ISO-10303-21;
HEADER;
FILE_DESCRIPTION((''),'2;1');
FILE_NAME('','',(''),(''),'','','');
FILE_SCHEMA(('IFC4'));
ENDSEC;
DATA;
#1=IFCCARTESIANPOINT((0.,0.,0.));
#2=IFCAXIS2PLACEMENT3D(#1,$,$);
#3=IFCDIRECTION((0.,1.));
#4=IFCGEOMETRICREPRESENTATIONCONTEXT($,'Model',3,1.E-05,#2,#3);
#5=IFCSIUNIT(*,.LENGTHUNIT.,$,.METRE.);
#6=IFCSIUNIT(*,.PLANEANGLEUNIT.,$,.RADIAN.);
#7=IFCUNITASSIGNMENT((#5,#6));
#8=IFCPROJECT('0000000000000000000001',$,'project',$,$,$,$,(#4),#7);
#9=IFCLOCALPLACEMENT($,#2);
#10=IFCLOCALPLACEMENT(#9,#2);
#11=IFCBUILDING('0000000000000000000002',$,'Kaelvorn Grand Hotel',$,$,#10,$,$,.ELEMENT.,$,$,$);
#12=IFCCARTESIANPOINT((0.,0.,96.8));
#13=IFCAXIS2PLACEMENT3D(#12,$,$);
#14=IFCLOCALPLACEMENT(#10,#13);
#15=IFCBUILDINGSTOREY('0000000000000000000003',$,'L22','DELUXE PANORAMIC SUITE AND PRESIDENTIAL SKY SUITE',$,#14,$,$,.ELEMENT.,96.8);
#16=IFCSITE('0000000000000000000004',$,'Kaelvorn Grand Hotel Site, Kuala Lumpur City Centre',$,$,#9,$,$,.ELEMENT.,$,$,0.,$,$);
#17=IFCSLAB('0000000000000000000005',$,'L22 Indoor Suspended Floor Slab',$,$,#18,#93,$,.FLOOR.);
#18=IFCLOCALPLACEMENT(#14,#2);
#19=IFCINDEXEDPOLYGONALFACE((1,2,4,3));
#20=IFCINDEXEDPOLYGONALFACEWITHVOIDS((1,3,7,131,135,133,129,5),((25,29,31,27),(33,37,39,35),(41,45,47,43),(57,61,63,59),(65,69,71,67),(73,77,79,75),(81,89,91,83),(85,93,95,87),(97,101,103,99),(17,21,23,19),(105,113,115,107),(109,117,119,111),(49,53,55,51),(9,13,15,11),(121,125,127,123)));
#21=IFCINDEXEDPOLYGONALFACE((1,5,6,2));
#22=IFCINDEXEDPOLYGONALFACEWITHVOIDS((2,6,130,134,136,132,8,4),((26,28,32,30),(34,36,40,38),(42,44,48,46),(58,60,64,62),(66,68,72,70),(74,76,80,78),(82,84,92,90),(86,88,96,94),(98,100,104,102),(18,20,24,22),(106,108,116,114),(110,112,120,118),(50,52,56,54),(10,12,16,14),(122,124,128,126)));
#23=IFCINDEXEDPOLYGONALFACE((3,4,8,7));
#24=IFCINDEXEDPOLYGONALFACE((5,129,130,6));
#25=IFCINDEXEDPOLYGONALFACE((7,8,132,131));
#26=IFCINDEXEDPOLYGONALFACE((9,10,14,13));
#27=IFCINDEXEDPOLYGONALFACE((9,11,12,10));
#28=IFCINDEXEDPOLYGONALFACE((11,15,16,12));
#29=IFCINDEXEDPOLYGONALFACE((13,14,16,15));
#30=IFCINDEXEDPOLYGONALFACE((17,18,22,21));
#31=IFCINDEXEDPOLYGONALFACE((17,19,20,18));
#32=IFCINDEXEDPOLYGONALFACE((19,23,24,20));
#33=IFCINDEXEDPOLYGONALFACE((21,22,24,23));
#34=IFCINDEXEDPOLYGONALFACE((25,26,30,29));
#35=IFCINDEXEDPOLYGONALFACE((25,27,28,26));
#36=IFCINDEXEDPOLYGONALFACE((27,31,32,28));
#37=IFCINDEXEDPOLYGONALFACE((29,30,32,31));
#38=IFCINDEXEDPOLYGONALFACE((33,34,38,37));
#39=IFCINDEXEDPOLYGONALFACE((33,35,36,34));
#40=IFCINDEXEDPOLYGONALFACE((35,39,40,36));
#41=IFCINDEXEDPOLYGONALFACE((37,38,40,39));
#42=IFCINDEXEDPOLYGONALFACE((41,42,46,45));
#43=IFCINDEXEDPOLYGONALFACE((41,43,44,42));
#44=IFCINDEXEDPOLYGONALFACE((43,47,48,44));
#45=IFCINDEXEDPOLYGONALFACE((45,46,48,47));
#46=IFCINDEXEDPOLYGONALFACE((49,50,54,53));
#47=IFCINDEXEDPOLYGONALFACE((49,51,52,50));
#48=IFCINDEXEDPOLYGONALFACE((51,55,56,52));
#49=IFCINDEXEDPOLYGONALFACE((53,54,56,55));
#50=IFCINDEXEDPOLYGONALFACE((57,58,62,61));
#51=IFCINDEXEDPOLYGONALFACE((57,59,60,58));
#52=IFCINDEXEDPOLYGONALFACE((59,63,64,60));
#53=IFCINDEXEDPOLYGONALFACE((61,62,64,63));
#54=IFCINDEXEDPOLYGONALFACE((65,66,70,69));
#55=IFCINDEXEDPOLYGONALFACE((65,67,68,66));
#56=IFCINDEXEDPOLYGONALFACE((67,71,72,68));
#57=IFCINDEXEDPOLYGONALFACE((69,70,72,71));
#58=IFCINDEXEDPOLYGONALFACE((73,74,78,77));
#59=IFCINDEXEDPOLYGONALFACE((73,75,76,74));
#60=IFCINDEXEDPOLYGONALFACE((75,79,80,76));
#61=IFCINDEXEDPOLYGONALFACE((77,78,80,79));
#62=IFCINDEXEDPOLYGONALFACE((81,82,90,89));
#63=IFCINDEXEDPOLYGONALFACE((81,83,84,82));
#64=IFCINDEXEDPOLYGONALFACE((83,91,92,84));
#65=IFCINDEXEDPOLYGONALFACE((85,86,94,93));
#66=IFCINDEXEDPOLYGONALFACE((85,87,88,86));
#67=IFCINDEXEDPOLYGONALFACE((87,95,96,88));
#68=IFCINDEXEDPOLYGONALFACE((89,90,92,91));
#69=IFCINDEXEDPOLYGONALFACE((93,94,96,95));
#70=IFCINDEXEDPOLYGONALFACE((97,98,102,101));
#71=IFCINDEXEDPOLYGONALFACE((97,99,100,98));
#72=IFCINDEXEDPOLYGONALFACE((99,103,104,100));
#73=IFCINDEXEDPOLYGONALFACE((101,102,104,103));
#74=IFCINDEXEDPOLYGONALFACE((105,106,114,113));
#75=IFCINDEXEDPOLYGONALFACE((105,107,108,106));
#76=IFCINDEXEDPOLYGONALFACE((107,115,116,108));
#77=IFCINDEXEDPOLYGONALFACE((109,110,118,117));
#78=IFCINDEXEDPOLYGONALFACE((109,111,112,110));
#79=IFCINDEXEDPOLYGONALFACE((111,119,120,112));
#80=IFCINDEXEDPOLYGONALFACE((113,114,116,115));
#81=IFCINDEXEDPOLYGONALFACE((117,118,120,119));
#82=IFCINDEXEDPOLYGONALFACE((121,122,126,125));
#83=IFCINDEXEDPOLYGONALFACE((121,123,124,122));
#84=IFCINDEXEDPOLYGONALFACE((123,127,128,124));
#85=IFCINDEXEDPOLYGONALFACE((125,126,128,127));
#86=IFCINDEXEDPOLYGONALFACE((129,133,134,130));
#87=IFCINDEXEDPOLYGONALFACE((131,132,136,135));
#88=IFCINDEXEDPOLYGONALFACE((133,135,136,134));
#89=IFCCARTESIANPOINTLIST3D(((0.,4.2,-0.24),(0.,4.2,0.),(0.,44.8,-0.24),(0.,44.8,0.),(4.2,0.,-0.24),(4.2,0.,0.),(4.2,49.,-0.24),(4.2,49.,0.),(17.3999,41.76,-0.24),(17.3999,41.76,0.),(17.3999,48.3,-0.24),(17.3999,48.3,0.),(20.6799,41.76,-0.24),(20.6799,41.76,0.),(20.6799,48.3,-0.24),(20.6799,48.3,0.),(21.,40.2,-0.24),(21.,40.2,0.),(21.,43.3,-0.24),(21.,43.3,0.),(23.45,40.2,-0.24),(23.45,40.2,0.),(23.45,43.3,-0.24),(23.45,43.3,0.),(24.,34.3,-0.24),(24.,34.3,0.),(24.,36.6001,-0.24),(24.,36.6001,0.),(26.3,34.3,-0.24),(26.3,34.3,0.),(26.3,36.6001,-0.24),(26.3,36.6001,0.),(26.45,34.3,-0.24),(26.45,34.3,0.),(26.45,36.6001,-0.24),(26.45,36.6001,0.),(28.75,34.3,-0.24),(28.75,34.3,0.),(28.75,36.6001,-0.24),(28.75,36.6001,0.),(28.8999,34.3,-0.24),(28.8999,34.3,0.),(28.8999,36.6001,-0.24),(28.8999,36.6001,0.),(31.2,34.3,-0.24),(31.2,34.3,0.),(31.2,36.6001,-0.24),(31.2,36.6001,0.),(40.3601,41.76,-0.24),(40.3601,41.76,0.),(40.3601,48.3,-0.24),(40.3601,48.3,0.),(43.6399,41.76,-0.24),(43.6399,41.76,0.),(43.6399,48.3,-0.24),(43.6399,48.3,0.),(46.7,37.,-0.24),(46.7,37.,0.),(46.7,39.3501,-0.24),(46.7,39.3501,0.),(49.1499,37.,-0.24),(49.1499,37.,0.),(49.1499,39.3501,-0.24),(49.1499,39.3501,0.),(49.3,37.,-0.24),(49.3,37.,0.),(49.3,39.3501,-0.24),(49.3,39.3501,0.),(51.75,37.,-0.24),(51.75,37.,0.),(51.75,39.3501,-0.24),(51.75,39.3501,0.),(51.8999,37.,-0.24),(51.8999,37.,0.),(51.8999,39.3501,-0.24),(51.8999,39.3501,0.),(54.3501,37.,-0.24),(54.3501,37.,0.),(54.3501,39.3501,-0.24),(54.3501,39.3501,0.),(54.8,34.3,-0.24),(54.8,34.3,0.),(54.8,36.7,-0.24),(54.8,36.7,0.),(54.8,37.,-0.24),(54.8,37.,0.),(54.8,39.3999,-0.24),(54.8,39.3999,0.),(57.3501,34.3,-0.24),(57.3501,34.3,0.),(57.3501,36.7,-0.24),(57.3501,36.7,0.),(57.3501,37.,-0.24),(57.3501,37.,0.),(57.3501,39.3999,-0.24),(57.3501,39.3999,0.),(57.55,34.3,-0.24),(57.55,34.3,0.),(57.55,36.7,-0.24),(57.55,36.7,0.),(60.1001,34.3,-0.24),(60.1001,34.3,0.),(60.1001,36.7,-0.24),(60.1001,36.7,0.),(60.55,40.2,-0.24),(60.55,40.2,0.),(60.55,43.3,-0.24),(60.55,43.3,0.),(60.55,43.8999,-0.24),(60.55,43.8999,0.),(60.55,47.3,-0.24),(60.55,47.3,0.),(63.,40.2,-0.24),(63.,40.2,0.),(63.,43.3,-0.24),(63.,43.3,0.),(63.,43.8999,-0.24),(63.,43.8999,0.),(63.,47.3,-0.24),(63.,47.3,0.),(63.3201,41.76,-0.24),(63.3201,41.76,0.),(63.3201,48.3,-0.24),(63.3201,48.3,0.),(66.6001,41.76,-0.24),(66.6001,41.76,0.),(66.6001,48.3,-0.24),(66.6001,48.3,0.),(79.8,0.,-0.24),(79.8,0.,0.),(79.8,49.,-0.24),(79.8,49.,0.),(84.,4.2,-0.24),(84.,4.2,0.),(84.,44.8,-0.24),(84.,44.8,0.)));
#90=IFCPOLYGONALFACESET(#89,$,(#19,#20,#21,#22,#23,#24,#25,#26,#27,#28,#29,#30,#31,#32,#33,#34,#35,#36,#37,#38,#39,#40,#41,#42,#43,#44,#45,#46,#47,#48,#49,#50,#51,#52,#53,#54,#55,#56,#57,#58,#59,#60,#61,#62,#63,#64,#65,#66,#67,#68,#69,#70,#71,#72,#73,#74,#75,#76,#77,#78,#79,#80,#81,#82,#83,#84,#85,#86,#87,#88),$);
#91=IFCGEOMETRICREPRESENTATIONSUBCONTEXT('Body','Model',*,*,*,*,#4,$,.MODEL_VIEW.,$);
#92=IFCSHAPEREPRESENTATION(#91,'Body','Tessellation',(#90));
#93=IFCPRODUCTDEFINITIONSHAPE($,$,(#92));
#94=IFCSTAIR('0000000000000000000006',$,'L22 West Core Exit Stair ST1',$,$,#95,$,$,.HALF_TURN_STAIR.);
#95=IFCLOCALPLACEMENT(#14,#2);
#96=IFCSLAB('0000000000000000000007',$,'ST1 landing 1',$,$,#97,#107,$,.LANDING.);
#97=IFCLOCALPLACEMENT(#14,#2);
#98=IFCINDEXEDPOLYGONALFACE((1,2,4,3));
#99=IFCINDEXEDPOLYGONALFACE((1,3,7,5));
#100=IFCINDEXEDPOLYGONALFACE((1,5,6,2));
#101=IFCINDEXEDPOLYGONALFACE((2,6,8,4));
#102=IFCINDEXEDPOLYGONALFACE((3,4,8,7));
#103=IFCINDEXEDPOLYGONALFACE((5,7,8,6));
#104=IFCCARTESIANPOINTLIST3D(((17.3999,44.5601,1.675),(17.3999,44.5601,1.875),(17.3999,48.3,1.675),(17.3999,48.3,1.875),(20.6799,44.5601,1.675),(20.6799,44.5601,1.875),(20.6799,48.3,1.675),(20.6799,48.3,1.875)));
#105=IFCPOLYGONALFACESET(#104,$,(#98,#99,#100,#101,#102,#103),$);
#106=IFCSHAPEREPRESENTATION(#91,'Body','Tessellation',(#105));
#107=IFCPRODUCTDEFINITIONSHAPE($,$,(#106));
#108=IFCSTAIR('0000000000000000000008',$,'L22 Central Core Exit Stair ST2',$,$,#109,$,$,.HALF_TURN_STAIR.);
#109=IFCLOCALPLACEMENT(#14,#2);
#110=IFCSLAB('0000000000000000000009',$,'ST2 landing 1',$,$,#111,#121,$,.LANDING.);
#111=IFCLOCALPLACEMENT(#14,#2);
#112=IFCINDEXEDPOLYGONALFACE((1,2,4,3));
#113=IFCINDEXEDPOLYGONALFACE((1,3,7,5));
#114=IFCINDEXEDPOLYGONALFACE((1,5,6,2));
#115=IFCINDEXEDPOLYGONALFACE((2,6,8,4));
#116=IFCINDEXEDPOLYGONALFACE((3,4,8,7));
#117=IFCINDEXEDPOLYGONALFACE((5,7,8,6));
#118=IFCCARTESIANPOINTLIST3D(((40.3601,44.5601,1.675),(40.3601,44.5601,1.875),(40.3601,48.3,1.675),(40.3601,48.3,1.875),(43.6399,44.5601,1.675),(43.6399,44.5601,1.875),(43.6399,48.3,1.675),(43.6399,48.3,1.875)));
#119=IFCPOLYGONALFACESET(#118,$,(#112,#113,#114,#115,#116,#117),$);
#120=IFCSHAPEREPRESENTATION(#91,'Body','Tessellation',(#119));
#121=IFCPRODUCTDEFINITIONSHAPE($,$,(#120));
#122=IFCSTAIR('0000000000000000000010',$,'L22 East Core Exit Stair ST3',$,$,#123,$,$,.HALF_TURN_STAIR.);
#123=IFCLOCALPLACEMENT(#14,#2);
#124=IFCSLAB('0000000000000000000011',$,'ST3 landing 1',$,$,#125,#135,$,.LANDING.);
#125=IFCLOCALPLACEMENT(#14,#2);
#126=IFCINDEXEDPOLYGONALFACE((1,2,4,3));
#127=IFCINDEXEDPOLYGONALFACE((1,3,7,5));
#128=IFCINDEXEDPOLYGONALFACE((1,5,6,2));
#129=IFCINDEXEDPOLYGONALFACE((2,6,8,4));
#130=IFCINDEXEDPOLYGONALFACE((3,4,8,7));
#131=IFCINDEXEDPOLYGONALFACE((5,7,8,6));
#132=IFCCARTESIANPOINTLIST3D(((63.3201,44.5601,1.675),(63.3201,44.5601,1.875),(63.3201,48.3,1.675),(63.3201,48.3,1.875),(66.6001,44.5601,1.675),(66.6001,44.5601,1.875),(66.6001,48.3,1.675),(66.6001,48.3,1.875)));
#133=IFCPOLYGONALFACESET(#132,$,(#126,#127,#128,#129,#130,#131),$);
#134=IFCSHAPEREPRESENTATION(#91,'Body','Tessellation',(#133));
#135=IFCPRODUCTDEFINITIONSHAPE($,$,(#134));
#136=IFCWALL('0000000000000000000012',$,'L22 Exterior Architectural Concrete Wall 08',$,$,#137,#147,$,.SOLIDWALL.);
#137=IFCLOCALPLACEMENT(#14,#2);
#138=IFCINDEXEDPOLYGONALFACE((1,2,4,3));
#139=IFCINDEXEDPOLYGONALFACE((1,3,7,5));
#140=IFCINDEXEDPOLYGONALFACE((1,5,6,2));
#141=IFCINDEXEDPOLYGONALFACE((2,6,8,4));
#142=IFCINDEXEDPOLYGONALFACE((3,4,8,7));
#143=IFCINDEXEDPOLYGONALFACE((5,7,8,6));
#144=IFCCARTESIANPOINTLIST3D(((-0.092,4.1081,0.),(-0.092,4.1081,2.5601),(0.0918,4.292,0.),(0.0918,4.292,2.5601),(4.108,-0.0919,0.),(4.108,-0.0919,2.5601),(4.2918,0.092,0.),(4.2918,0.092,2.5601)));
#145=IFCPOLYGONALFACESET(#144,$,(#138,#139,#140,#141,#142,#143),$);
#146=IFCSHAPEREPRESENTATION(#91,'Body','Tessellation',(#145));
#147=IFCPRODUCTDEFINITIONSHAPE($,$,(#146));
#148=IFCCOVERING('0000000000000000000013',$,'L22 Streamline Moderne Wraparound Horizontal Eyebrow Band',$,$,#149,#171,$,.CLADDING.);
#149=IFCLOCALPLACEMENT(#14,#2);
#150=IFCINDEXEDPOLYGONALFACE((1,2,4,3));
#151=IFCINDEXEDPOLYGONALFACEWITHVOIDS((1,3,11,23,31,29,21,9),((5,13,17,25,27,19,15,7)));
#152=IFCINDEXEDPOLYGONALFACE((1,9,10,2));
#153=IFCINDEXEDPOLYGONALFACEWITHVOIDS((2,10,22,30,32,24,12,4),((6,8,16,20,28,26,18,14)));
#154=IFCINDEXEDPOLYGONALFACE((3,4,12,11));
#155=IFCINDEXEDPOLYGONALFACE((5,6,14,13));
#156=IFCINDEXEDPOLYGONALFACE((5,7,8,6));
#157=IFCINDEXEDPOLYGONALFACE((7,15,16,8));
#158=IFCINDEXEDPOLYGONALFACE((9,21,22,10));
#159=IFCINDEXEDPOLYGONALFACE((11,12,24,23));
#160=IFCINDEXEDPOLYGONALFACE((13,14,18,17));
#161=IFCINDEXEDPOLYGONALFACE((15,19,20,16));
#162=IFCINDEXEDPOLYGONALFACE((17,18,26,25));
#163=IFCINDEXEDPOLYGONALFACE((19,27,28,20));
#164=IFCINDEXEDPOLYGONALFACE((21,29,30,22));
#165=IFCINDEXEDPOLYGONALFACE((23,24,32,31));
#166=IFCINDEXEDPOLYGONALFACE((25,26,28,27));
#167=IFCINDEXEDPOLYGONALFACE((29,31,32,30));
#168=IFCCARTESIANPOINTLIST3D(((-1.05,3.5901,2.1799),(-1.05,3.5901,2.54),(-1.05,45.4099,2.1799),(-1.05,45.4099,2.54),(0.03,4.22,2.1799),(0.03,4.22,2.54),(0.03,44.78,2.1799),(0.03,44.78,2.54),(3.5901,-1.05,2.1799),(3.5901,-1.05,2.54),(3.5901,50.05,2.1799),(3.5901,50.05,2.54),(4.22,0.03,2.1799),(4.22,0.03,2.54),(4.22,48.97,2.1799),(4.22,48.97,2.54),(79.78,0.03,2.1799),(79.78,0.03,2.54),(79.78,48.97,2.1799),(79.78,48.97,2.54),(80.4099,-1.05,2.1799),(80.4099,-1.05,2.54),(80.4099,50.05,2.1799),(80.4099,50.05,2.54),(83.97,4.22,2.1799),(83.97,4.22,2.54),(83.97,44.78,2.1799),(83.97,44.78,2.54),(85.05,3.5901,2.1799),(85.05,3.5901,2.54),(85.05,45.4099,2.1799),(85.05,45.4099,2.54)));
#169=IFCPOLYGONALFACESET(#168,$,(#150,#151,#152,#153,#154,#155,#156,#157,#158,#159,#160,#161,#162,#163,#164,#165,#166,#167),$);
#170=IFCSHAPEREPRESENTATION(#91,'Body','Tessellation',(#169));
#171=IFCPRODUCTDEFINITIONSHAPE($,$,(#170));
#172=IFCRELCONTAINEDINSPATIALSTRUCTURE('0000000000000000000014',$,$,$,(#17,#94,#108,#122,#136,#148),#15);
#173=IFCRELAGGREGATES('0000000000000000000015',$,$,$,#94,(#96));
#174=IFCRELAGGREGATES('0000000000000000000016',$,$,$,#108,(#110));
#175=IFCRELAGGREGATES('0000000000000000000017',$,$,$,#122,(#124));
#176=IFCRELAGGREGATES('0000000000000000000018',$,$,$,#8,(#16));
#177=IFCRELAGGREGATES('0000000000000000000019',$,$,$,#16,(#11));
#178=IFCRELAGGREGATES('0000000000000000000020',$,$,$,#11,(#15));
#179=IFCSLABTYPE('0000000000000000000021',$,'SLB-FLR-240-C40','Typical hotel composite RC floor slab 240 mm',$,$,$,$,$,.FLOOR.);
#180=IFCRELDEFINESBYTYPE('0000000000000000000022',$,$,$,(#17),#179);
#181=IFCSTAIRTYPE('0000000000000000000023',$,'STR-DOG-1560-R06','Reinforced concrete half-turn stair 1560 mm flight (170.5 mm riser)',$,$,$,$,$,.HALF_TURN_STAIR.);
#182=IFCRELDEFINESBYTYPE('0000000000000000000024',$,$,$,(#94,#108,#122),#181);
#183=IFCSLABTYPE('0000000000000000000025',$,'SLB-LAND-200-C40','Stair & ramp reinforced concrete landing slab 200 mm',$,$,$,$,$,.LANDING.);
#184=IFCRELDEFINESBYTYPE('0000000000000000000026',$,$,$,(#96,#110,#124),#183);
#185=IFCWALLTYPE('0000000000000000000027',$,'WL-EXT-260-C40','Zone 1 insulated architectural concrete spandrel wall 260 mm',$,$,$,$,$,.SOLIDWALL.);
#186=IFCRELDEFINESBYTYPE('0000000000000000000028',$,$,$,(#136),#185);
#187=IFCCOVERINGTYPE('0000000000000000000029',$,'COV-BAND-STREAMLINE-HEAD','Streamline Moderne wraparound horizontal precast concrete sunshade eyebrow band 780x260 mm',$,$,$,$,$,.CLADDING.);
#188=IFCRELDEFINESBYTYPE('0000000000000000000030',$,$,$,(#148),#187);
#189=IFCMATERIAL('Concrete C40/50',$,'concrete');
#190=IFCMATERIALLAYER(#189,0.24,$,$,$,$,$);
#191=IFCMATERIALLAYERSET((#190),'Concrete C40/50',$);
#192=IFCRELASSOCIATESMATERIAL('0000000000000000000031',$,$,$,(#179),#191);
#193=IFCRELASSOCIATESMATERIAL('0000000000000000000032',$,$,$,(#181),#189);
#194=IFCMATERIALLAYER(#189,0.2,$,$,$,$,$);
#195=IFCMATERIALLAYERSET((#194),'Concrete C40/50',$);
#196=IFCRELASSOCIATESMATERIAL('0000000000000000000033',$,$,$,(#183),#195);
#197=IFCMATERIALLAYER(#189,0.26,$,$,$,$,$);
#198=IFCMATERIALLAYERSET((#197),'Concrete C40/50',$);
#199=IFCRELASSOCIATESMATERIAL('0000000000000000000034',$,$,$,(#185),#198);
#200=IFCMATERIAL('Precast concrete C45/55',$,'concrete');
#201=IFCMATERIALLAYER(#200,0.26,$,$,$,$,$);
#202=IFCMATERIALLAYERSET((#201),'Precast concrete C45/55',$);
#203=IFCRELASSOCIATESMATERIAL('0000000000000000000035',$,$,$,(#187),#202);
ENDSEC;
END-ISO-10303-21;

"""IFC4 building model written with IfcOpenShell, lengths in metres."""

from ifc_helpers import new_model, si_unit, direction, frame, frame_2d, origin, place, context, subcontext, project, spatial, polyline, rectangle, outline, extrude, material, layer, layer_set, type_object, element, aggregate, save


model = new_model("IFC4")

# Units and contexts
model_context = context("Model", 3, precision=1e-05, world=origin(), true_north=direction((0.0, 1.0)))
body_context = subcontext(model_context, "Body", "Model", "MODEL_VIEW")
ifc_project = project(units=[si_unit("LENGTHUNIT", "METRE"), si_unit("PLANEANGLEUNIT", "RADIAN")], contexts=[model_context])

# Site, building, storey
site_placement = place(None, origin())
site = spatial("IfcSite", under=ifc_project, at=site_placement, Name="Kaelvorn Grand Hotel Site, Kuala Lumpur City Centre", CompositionType="ELEMENT", RefElevation=0.0)
building_placement = place(site_placement, origin())
building = spatial("IfcBuilding", under=site, at=building_placement, Name="Kaelvorn Grand Hotel", CompositionType="ELEMENT")
storey_placement = place(building_placement, frame((0.0, 0.0, 96.8)))
storey = spatial("IfcBuildingStorey", under=building, at=storey_placement, Name="L22", Description="DELUXE PANORAMIC SUITE AND PRESIDENTIAL SKY SUITE", CompositionType="ELEMENT", Elevation=96.8)

# Slab
ifc_material_1 = material(Name="Concrete C40/50", Category="concrete")
ifc_layer_1 = layer(ifc_material_1, 0.24)
ifc_layer_set_1 = layer_set([ifc_layer_1], Name="Concrete C40/50")
slab_type_1 = type_object("IfcSlabType", Name="SLB-FLR-240-C40", Description="Typical hotel composite RC floor slab 240 mm", PredefinedType="FLOOR", material=ifc_layer_set_1)
slab_1_placement = place(storey_placement, frame((0.0, 0.0, -0.24)))
element("IfcSlab", 1, at=slab_1_placement, inside=storey, type_object=slab_type_1, Name="L22 Indoor Suspended Floor Slab", PredefinedType="FLOOR", context=body_context, shape_type="SweptSolid", body=[
    extrude(outline(polyline([(4.2, 0.0), (79.8, 0.0), (84.0, 4.2), (84.0, 44.8), (79.8, 49.0), (4.2, 49.0), (0.0, 44.8), (0.0, 4.2), (4.2, 0.0)]), holes=[polyline([(17.3999, 41.76), (17.3999, 48.3), (20.6799, 48.3), (20.6799, 41.76), (17.3999, 41.76)]), polyline([(40.3601, 41.76), (40.3601, 48.3), (43.6399, 48.3), (43.6399, 41.76), (40.3601, 41.76)]), polyline([(63.3201, 41.76), (63.3201, 48.3), (66.6001, 48.3), (66.6001, 41.76), (63.3201, 41.76)]), polyline([(24.0, 34.3), (24.0, 36.6001), (26.3, 36.6001), (26.3, 34.3), (24.0, 34.3)]), polyline([(26.45, 34.3), (26.45, 36.6001), (28.75, 36.6001), (28.75, 34.3), (26.45, 34.3)]), polyline([(28.8999, 34.3), (28.8999, 36.6001), (31.2, 36.6001), (31.2, 34.3), (28.8999, 34.3)]), polyline([(46.7, 37.0), (46.7, 39.3501), (49.1499, 39.3501), (49.1499, 37.0), (46.7, 37.0)]), polyline([(49.3, 37.0), (49.3, 39.3501), (51.75, 39.3501), (51.75, 37.0), (49.3, 37.0)]), polyline([(51.8999, 37.0), (51.8999, 39.3501), (54.3501, 39.3501), (54.3501, 37.0), (51.8999, 37.0)]), polyline([(54.8, 34.3), (54.8, 36.7), (57.3501, 36.7), (57.3501, 34.3), (54.8, 34.3)]), polyline([(57.55, 34.3), (57.55, 36.7), (60.1001, 36.7), (60.1001, 34.3), (57.55, 34.3)]), polyline([(54.8, 37.0), (54.8, 39.3999), (57.3501, 39.3999), (57.3501, 37.0), (54.8, 37.0)]), polyline([(21.0, 40.2), (21.0, 43.3), (23.45, 43.3), (23.45, 40.2), (21.0, 40.2)]), polyline([(60.55, 40.2), (60.55, 43.3), (63.0, 43.3), (63.0, 40.2), (60.55, 40.2)]), polyline([(60.55, 43.8999), (60.55, 47.3), (63.0, 47.3), (63.0, 43.8999), (60.55, 43.8999)])]), origin(), (0.0, 0.0, 1.0), 0.24),
])

# Stairs, slabs
stair_type = type_object("IfcStairType", Name="STR-DOG-1560-R06", Description="Reinforced concrete half-turn stair 1560 mm flight (170.5 mm riser)", PredefinedType="HALF_TURN_STAIR", material=ifc_material_1)
stair_1_placement = place(storey_placement, origin())
stair_1 = element("IfcStair", 2, at=stair_1_placement, inside=storey, type_object=stair_type, Name="L22 West Core Exit Stair ST1", PredefinedType="HALF_TURN_STAIR")
ifc_layer_2 = layer(ifc_material_1, 0.2)
ifc_layer_set_2 = layer_set([ifc_layer_2], Name="Concrete C40/50")
slab_type_2 = type_object("IfcSlabType", Name="SLB-LAND-200-C40", Description="Stair & ramp reinforced concrete landing slab 200 mm", PredefinedType="LANDING", material=ifc_layer_set_2)
slab_2_placement = place(storey_placement, frame((0.0, 0.0, 1.675)))
slab_2 = element("IfcSlab", 3, at=slab_2_placement, type_object=slab_type_2, Name="ST1 landing 1", PredefinedType="LANDING", context=body_context, shape_type="SweptSolid", body=[
    extrude(outline(polyline([(20.6799, 44.5601), (20.6799, 48.3), (17.3999, 48.3), (17.3999, 44.5601), (20.6799, 44.5601)])), origin(), (0.0, 0.0, 1.0), 0.2),
])
aggregate(stair_1, [slab_2])
stair_2_placement = place(storey_placement, origin())
stair_2 = element("IfcStair", 4, at=stair_2_placement, inside=storey, type_object=stair_type, Name="L22 Central Core Exit Stair ST2", PredefinedType="HALF_TURN_STAIR")
slab_3_placement = place(storey_placement, frame((0.0, 0.0, 1.675)))
slab_3 = element("IfcSlab", 5, at=slab_3_placement, type_object=slab_type_2, Name="ST2 landing 1", PredefinedType="LANDING", context=body_context, shape_type="SweptSolid", body=[
    extrude(outline(polyline([(43.6399, 44.5601), (43.6399, 48.3), (40.3601, 48.3), (40.3601, 44.5601), (43.6399, 44.5601)])), origin(), (0.0, 0.0, 1.0), 0.2),
])
aggregate(stair_2, [slab_3])
stair_3_placement = place(storey_placement, origin())
stair_3 = element("IfcStair", 6, at=stair_3_placement, inside=storey, type_object=stair_type, Name="L22 East Core Exit Stair ST3", PredefinedType="HALF_TURN_STAIR")
slab_4_placement = place(storey_placement, frame((0.0, 0.0, 1.675)))
slab_4 = element("IfcSlab", 7, at=slab_4_placement, type_object=slab_type_2, Name="ST3 landing 1", PredefinedType="LANDING", context=body_context, shape_type="SweptSolid", body=[
    extrude(outline(polyline([(66.6001, 44.5601), (66.6001, 48.3), (63.3201, 48.3), (63.3201, 44.5601), (66.6001, 44.5601)])), origin(), (0.0, 0.0, 1.0), 0.2),
])
aggregate(stair_3, [slab_4])

# Wall
ifc_layer_3 = layer(ifc_material_1, 0.26)
ifc_layer_set_3 = layer_set([ifc_layer_3], Name="Concrete C40/50")
wall_type = type_object("IfcWallType", Name="WL-EXT-260-C40", Description="Zone 1 insulated architectural concrete spandrel wall 260 mm", PredefinedType="SOLIDWALL", material=ifc_layer_set_3)
wall_placement = place(storey_placement, frame((0.0, 4.2, 0.0), z_axis=(0.0, 0.0, 1.0), x_axis=(0.707107, -0.707107, 0.0)))
element("IfcWall", 8, at=wall_placement, inside=storey, type_object=wall_type, Name="L22 Exterior Architectural Concrete Wall 08", PredefinedType="SOLIDWALL", context=body_context, shape_type="SweptSolid", body=[
    extrude(rectangle(XDim=5.9397, YDim=0.26, at=frame_2d((2.9697, 0.0))), origin(), (0.0, 0.0, 1.0), 2.5601),
])

# Covering
ifc_material_2 = material(Name="Precast concrete C45/55", Category="concrete")
ifc_layer_4 = layer(ifc_material_2, 0.26)
ifc_layer_set_4 = layer_set([ifc_layer_4], Name="Precast concrete C45/55")
covering_type_1 = type_object("IfcCoveringType", Name="COV-BAND-STREAMLINE-HEAD", Description="Streamline Moderne wraparound horizontal precast concrete sunshade eyebrow band 780x260 mm", PredefinedType="CLADDING", material=ifc_layer_set_4)
covering_1_placement = place(storey_placement, frame((0.0, 0.0, 2.1799)))
element("IfcCovering", 9, at=covering_1_placement, inside=storey, type_object=covering_type_1, Name="L22 Streamline Moderne Wraparound Horizontal Eyebrow Band", PredefinedType="CLADDING", context=body_context, shape_type="SweptSolid", body=[
    extrude(outline(polyline([(3.5901, -1.05), (80.4099, -1.05), (85.05, 3.5901), (85.05, 45.4099), (80.4099, 50.05), (3.5901, 50.05), (-1.05, 45.4099), (-1.05, 3.5901), (3.5901, -1.05)]), holes=[polyline([(4.22, 0.03), (79.78, 0.03), (83.97, 4.22), (83.97, 44.78), (79.78, 48.97), (4.22, 48.97), (0.03, 44.78), (0.03, 4.22), (4.22, 0.03)])]), origin(), (0.0, 0.0, 1.0), 0.3601),
])

save(model, "model.ifc")
